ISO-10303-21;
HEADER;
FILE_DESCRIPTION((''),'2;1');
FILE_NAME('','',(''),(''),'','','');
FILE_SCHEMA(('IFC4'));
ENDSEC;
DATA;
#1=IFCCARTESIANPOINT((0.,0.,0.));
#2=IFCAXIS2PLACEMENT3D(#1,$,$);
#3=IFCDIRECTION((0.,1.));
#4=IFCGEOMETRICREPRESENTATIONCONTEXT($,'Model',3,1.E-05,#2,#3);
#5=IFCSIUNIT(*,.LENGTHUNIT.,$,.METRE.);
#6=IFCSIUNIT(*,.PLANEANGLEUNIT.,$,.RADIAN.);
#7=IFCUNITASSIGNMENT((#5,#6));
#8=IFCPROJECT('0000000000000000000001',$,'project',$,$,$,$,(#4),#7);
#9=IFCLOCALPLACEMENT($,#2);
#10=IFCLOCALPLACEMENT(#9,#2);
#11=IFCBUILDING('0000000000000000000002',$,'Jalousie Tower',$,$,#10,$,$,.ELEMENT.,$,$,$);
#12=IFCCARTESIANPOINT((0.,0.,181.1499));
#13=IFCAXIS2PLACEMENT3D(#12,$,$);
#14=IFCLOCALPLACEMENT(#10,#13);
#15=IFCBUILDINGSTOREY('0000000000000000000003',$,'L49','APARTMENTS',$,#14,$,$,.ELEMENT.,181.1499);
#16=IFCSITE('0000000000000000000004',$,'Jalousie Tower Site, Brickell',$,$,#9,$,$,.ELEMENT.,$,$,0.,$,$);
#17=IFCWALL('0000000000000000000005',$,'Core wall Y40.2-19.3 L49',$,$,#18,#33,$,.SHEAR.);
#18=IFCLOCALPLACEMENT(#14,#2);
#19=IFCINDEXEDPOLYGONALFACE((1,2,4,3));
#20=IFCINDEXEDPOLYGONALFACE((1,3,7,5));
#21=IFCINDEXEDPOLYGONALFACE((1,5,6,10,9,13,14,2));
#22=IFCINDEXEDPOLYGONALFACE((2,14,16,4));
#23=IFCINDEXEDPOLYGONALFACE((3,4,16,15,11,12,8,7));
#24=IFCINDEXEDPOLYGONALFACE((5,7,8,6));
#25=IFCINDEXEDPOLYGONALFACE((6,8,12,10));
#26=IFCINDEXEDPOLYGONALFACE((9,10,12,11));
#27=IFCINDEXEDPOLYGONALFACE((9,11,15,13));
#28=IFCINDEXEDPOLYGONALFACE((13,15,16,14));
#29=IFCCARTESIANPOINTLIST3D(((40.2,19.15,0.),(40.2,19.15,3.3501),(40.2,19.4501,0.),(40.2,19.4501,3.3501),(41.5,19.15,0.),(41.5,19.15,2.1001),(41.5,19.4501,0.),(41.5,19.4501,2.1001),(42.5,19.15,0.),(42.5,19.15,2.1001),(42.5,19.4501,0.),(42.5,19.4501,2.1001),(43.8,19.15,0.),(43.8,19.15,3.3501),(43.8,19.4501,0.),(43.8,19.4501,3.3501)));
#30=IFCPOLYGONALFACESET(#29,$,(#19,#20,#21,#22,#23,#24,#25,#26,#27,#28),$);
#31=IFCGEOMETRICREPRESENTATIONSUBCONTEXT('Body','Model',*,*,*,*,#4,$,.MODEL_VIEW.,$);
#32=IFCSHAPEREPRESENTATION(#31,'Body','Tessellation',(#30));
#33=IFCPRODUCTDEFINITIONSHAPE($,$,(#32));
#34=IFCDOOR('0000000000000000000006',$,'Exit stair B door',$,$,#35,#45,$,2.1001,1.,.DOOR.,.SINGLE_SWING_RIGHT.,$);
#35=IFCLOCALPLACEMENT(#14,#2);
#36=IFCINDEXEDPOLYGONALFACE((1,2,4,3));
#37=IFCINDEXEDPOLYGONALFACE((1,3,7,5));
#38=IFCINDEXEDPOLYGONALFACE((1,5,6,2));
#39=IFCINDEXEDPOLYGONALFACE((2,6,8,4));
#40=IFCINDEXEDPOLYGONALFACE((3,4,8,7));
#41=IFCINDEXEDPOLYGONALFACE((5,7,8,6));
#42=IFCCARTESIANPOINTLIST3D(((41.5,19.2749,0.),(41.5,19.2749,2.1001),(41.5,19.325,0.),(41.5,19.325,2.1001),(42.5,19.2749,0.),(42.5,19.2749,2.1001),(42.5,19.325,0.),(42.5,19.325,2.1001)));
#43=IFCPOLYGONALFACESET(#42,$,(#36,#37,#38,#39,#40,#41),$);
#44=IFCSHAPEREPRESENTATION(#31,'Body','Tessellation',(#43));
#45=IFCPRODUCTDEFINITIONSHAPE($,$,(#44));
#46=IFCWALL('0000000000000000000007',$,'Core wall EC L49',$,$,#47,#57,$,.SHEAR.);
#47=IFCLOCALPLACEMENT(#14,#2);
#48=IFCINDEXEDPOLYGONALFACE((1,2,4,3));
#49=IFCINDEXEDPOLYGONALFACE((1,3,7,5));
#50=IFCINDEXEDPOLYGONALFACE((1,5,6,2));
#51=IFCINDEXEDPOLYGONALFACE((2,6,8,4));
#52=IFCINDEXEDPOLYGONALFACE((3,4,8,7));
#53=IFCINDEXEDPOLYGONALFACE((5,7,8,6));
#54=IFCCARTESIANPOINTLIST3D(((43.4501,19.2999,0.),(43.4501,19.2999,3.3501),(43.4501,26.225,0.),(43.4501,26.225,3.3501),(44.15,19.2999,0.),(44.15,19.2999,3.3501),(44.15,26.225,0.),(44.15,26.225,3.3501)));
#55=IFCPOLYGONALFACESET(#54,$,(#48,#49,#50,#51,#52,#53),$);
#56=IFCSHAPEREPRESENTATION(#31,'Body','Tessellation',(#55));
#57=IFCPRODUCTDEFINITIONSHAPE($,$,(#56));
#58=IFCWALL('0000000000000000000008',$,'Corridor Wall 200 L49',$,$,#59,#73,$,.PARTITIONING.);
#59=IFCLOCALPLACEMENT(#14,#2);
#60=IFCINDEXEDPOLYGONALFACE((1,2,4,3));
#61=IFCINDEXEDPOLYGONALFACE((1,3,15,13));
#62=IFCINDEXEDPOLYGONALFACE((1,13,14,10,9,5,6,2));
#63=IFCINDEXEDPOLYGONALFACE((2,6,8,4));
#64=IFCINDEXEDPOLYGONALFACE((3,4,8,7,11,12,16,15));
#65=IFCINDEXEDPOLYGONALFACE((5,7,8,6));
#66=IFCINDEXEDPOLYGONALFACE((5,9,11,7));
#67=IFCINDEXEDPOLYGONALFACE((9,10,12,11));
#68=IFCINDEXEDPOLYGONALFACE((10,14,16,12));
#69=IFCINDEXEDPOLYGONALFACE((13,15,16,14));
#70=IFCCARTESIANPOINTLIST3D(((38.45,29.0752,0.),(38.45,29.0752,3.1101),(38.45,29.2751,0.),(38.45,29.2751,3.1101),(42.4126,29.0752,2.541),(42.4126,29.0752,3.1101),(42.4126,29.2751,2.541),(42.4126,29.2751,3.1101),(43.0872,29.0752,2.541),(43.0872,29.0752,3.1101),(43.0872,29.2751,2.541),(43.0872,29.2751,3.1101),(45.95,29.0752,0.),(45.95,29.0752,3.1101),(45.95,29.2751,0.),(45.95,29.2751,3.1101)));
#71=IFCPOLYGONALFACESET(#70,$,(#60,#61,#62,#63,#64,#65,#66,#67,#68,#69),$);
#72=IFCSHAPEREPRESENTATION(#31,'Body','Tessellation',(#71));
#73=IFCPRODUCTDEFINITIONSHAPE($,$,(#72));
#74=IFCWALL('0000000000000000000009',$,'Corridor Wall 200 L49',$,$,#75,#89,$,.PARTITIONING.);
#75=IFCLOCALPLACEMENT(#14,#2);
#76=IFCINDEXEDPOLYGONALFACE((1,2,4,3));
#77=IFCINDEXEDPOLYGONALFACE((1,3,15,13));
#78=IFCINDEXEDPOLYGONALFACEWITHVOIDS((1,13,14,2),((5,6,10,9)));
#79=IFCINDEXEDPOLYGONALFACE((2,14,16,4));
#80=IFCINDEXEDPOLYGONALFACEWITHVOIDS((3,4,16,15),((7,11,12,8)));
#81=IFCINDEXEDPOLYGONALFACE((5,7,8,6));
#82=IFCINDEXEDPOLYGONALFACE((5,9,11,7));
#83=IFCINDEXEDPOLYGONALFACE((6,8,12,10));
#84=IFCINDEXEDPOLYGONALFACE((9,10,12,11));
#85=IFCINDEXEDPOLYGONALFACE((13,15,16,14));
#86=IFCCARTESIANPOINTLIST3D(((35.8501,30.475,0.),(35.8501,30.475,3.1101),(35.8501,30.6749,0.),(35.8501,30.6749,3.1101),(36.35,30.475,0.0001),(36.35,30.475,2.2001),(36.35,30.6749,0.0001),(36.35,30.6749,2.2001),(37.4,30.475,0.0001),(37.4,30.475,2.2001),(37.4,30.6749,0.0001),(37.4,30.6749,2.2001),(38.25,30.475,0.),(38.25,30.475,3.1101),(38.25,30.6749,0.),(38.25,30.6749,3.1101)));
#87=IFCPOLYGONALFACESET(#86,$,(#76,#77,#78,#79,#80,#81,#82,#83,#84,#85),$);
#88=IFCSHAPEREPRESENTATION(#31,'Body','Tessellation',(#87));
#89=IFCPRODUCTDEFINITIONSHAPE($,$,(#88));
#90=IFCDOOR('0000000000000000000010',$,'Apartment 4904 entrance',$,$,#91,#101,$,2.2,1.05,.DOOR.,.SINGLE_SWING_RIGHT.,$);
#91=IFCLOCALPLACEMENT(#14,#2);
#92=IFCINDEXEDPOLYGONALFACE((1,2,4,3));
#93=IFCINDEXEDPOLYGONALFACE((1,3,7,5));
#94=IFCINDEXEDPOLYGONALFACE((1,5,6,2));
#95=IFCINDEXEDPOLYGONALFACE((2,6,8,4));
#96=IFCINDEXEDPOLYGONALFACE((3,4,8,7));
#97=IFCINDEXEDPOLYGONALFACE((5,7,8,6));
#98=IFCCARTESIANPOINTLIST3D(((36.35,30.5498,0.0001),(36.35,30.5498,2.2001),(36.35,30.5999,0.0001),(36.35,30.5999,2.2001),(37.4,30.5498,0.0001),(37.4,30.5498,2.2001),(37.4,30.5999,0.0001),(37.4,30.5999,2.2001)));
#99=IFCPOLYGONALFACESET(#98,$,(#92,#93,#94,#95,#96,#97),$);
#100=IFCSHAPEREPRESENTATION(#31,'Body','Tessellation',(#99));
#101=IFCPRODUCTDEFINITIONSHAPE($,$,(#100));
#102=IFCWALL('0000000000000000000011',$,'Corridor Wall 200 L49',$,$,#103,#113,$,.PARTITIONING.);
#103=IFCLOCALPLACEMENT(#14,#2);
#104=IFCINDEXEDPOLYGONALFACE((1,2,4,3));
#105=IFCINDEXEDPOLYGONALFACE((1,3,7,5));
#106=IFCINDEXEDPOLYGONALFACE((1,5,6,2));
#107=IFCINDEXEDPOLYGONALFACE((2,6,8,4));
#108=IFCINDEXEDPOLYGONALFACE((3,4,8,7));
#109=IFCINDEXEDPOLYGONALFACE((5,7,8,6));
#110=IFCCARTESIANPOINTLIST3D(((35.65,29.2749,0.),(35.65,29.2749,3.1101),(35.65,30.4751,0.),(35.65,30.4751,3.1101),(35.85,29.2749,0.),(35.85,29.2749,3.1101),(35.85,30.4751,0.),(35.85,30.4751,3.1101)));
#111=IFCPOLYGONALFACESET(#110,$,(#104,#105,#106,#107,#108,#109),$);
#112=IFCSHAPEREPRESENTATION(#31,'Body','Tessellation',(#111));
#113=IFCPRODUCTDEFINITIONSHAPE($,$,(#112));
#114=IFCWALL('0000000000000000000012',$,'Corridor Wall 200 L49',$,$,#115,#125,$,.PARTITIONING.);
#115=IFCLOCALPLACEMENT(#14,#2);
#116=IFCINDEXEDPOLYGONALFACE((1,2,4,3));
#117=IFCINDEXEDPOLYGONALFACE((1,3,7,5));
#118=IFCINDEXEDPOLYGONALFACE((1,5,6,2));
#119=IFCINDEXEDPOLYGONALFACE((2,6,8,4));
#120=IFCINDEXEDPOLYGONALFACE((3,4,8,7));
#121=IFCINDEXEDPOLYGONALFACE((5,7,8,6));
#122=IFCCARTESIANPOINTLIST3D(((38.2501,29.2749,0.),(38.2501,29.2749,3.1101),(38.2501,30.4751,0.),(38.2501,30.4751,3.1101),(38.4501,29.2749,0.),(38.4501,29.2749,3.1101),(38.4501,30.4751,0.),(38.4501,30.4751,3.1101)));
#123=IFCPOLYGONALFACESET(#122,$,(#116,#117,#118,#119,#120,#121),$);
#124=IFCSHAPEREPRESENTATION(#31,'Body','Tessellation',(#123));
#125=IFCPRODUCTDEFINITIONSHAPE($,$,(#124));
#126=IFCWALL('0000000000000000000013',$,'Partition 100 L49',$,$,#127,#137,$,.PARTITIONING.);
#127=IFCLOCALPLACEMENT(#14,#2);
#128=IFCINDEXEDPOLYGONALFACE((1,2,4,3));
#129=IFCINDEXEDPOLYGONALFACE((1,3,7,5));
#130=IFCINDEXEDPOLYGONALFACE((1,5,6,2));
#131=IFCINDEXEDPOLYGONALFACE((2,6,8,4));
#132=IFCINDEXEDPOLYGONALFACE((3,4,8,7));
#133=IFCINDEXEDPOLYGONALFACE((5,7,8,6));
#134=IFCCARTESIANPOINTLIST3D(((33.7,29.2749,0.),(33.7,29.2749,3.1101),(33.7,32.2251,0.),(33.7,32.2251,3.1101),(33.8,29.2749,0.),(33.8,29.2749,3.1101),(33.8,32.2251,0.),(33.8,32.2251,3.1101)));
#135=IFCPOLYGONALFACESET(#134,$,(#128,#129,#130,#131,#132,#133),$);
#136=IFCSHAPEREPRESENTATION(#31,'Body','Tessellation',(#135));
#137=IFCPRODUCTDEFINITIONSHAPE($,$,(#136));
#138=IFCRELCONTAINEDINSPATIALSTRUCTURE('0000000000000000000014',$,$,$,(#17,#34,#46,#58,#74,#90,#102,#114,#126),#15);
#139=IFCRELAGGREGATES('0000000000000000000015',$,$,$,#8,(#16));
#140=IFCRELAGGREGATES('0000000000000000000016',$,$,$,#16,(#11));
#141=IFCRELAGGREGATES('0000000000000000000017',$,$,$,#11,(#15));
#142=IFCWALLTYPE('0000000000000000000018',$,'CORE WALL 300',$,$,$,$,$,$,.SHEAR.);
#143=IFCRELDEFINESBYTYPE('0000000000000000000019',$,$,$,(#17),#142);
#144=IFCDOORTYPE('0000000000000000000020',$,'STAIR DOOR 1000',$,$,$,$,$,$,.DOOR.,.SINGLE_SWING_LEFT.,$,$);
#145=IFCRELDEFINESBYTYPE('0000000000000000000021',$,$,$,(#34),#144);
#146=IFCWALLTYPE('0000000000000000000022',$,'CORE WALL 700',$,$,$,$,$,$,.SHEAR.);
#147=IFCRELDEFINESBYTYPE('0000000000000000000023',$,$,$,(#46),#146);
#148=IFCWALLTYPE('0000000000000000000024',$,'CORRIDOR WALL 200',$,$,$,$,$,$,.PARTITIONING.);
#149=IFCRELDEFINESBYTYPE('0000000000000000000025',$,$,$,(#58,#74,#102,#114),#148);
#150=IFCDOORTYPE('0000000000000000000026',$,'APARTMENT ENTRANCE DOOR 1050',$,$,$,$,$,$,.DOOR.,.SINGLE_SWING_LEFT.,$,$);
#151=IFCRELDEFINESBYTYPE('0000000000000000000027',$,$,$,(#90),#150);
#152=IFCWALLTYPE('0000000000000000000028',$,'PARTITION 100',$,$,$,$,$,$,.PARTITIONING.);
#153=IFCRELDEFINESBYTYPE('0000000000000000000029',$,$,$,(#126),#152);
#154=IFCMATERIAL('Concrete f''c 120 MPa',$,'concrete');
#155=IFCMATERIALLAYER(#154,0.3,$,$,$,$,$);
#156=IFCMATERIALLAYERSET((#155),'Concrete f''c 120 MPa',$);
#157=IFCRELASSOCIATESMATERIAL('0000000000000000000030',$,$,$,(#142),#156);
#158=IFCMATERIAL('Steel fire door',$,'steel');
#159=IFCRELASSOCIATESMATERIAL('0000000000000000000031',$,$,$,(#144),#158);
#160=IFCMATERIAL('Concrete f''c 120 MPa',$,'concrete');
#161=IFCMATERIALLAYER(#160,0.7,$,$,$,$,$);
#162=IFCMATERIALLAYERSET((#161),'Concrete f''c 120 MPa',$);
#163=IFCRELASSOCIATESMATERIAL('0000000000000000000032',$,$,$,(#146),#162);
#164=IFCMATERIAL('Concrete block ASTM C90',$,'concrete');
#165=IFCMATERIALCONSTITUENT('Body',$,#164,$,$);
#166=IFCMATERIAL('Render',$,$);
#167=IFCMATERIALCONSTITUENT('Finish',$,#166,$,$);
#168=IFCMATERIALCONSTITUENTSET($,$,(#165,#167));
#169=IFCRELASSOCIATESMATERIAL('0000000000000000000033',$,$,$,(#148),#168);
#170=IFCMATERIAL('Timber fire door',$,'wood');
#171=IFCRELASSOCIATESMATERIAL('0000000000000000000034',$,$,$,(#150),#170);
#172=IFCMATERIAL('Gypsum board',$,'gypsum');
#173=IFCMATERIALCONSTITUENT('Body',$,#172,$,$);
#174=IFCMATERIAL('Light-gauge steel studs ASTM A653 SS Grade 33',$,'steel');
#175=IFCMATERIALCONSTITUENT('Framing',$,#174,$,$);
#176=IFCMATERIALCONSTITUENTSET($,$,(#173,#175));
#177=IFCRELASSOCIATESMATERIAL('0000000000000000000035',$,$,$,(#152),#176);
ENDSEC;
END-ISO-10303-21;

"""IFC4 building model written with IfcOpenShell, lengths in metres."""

from ifc_helpers import new_model, si_unit, direction, frame, frame_2d, origin, place, context, subcontext, project, spatial, polyline, rectangle, outline, extrude, material, layer, layer_set, constituent, constituent_set, type_object, element, fill, save


model = new_model("IFC4")

# Units and contexts
model_context = context("Model", 3, precision=1e-05, world=origin(), true_north=direction((0.0, 1.0)))
body_context = subcontext(model_context, "Body", "Model", "MODEL_VIEW")
ifc_project = project(units=[si_unit("LENGTHUNIT", "METRE"), si_unit("PLANEANGLEUNIT", "RADIAN")], contexts=[model_context])

# Site, building, storey
site_placement = place(None, origin())
site = spatial("IfcSite", under=ifc_project, at=site_placement, Name="Jalousie Tower Site, Brickell", CompositionType="ELEMENT", RefElevation=0.0)
building_placement = place(site_placement, origin())
building = spatial("IfcBuilding", under=site, at=building_placement, Name="Jalousie Tower", CompositionType="ELEMENT")
storey_placement = place(building_placement, frame((0.0, 0.0, 181.1499)))
storey = spatial("IfcBuildingStorey", under=building, at=storey_placement, Name="L49", Description="APARTMENTS", CompositionType="ELEMENT", Elevation=181.1499)

# Shared definitions
ifc_material_1 = material(Name="Concrete f'c 120 MPa", Category="concrete")
ifc_layer_1 = layer(ifc_material_1, 0.3)
ifc_layer_set_1 = layer_set([ifc_layer_1], Name="Concrete f'c 120 MPa")
wall_type_1 = type_object("IfcWallType", Name="CORE WALL 300", PredefinedType="SHEAR", material=ifc_layer_set_1)

# Wall, opening, door
wall_1_placement = place(storey_placement, frame((40.2, 19.3, 0.0), z_axis=(0.0, 0.0, 1.0), x_axis=(1.0, 0.0, 0.0)))
wall_1 = element("IfcWall", 1, at=wall_1_placement, inside=storey, type_object=wall_type_1, Name="Core wall Y40.2-19.3 L49", PredefinedType="SHEAR", context=body_context, shape_type="SweptSolid", body=[
    extrude(rectangle(XDim=3.6001, YDim=0.3, at=frame_2d((1.8, 0.0))), origin(), (0.0, 0.0, 1.0), 3.3501),
])
opening_1_placement = place(wall_1_placement, frame((1.3, 0.0, 0.0)))
opening_1 = element("IfcOpeningElement", 2, at=opening_1_placement, cuts=wall_1, PredefinedType="OPENING", context=body_context, shape_type="SweptSolid", body=[
    extrude(rectangle(XDim=1.0, YDim=2.1001, at=frame_2d((0.5, 1.05))), frame((0.0, 0.1599, 0.0), z_axis=(0.0, -1.0, 0.0), x_axis=(1.0, 0.0, 0.0)), (0.0, 0.0, 1.0), 0.3201),
])
ifc_material_2 = material(Name="Steel fire door", Category="steel")
door_type_1 = type_object("IfcDoorType", Name="STAIR DOOR 1000", OperationType="SINGLE_SWING_LEFT", PredefinedType="DOOR", material=ifc_material_2)
door_1_placement = place(opening_1_placement, origin())
door_1 = element("IfcDoor", 3, at=door_1_placement, inside=storey, type_object=door_type_1, Name="Exit stair B door", OperationType="SINGLE_SWING_RIGHT", OverallHeight=2.1001, OverallWidth=1.0, PredefinedType="DOOR", context=body_context, shape_type="SweptSolid", body=[
    extrude(rectangle(XDim=1.0, YDim=2.1001, at=frame_2d((0.5, 1.05))), frame((0.0, 0.0249, 0.0), z_axis=(0.0, -1.0, 0.0), x_axis=(1.0, 0.0, 0.0)), (0.0, 0.0, 1.0), 0.05),
])
fill(opening_1, door_1)

# Walls
ifc_material_3 = material(Name="Concrete f'c 120 MPa", Category="concrete")
ifc_layer_2 = layer(ifc_material_3, 0.7)
ifc_layer_set_2 = layer_set([ifc_layer_2], Name="Concrete f'c 120 MPa")
wall_type_2 = type_object("IfcWallType", Name="CORE WALL 700", PredefinedType="SHEAR", material=ifc_layer_set_2)
wall_2_placement = place(storey_placement, frame((43.8, 19.3, 0.0), z_axis=(0.0, 0.0, 1.0), x_axis=(0.0, 1.0, 0.0)))
element("IfcWall", 4, at=wall_2_placement, inside=storey, type_object=wall_type_2, Name="Core wall EC L49", PredefinedType="SHEAR", context=body_context, shape_type="SweptSolid", body=[
    extrude(rectangle(XDim=6.925, YDim=0.7, at=frame_2d((3.4624, 0.0))), origin(), (0.0, 0.0, 1.0), 3.3501),
])
ifc_material_4 = material(Name="Concrete block ASTM C90", Category="concrete")
ifc_constituent_1 = constituent(ifc_material_4, Name="Body")
ifc_material_5 = material(Name="Render")
ifc_constituent_2 = constituent(ifc_material_5, Name="Finish")
ifc_constituent_set_1 = constituent_set(constituents=[ifc_constituent_1, ifc_constituent_2])
wall_type_3 = type_object("IfcWallType", Name="CORRIDOR WALL 200", PredefinedType="PARTITIONING", material=ifc_constituent_set_1)
wall_3_placement = place(storey_placement, frame((38.45, 29.175, 0.0), z_axis=(0.0, 0.0, 1.0), x_axis=(1.0, 0.0, 0.0)))
element("IfcWall", 5, at=wall_3_placement, inside=storey, type_object=wall_type_3, Name="Corridor Wall 200 L49", PredefinedType="PARTITIONING", context=body_context, shape_type="SweptSolid", body=[
    extrude(outline(polyline([(0.0, 0.0), (7.5, 0.0), (7.5, 3.1101), (4.6372, 3.1101), (4.6372, 2.541), (3.9626, 2.541), (3.9626, 3.1101), (0.0, 3.1101), (0.0, 0.0)])), frame((0.0, 0.1001, 0.0), z_axis=(0.0, -1.0, 0.0), x_axis=(1.0, 0.0, 0.0)), (0.0, 0.0, 1.0), 0.2),
])

# Wall, opening, door
wall_4_placement = place(storey_placement, frame((35.8501, 30.575, 0.0), z_axis=(0.0, 0.0, 1.0), x_axis=(1.0, 0.0, 0.0)))
wall_4 = element("IfcWall", 6, at=wall_4_placement, inside=storey, type_object=wall_type_3, Name="Corridor Wall 200 L49", PredefinedType="PARTITIONING", context=body_context, shape_type="SweptSolid", body=[
    extrude(rectangle(XDim=2.3999, YDim=0.2, at=frame_2d((1.2, 0.0))), origin(), (0.0, 0.0, 1.0), 3.1101),
])
opening_2_placement = place(wall_4_placement, frame((0.5, 0.0, 0.0)))
opening_2 = element("IfcOpeningElement", 7, at=opening_2_placement, cuts=wall_4, PredefinedType="OPENING", context=body_context, shape_type="SweptSolid", body=[
    extrude(rectangle(XDim=1.05, YDim=2.2, at=frame_2d((0.5249, 1.1001))), frame((0.0, 0.1099, 0.0), z_axis=(0.0, -1.0, 0.0), x_axis=(1.0, 0.0, 0.0)), (0.0, 0.0, 1.0), 0.22),
])
ifc_material_6 = material(Name="Timber fire door", Category="wood")
door_type_2 = type_object("IfcDoorType", Name="APARTMENT ENTRANCE DOOR 1050", OperationType="SINGLE_SWING_LEFT", PredefinedType="DOOR", material=ifc_material_6)
door_2_placement = place(opening_2_placement, origin())
door_2 = element("IfcDoor", 8, at=door_2_placement, inside=storey, type_object=door_type_2, Name="Apartment 4904 entrance", OperationType="SINGLE_SWING_RIGHT", OverallHeight=2.2, OverallWidth=1.05, PredefinedType="DOOR", context=body_context, shape_type="SweptSolid", body=[
    extrude(rectangle(XDim=1.05, YDim=2.2, at=frame_2d((0.5249, 1.1001))), frame((0.0, 0.0249, 0.0), z_axis=(0.0, -1.0, 0.0), x_axis=(1.0, 0.0, 0.0)), (0.0, 0.0, 1.0), 0.05),
])
fill(opening_2, door_2)

# Walls
for number, where, z_axis, x_axis, name in (
    (9, (35.75, 29.2749, 0.0), (0.0, 0.0, 1.0), (0.0, 1.0, 0.0), "Corridor Wall 200 L49"),
    (10, (38.3501, 29.2749, 0.0), (0.0, 0.0, 1.0), (0.0, 1.0, 0.0), "Corridor Wall 200 L49"),
):
    element("IfcWall", number, at=place(storey_placement, frame(where, z_axis=z_axis, x_axis=x_axis)), inside=storey, type_object=wall_type_3, Name=name, PredefinedType="PARTITIONING", context=body_context, shape_type="SweptSolid", body=[
        extrude(rectangle(XDim=1.2002, YDim=0.2, at=frame_2d((0.6001, 0.0))), origin(), (0.0, 0.0, 1.0), 3.1101),
    ])
ifc_material_7 = material(Name="Gypsum board", Category="gypsum")
ifc_constituent_3 = constituent(ifc_material_7, Name="Body")
ifc_material_8 = material(Name="Light-gauge steel studs ASTM A653 SS Grade 33", Category="steel")
ifc_constituent_4 = constituent(ifc_material_8, Name="Framing")
ifc_constituent_set_2 = constituent_set(constituents=[ifc_constituent_3, ifc_constituent_4])
wall_type_4 = type_object("IfcWallType", Name="PARTITION 100", PredefinedType="PARTITIONING", material=ifc_constituent_set_2)
wall_5_placement = place(storey_placement, frame((33.75, 32.2251, 0.0), z_axis=(0.0, 0.0, 1.0), x_axis=(0.0, -1.0, 0.0)))
element("IfcWall", 11, at=wall_5_placement, inside=storey, type_object=wall_type_4, Name="Partition 100 L49", PredefinedType="PARTITIONING", context=body_context, shape_type="SweptSolid", body=[
    extrude(rectangle(XDim=2.9502, YDim=0.1001, at=frame_2d((1.4751, 0.0))), origin(), (0.0, 0.0, 1.0), 3.1101),
])

save(model, "model.ifc")
